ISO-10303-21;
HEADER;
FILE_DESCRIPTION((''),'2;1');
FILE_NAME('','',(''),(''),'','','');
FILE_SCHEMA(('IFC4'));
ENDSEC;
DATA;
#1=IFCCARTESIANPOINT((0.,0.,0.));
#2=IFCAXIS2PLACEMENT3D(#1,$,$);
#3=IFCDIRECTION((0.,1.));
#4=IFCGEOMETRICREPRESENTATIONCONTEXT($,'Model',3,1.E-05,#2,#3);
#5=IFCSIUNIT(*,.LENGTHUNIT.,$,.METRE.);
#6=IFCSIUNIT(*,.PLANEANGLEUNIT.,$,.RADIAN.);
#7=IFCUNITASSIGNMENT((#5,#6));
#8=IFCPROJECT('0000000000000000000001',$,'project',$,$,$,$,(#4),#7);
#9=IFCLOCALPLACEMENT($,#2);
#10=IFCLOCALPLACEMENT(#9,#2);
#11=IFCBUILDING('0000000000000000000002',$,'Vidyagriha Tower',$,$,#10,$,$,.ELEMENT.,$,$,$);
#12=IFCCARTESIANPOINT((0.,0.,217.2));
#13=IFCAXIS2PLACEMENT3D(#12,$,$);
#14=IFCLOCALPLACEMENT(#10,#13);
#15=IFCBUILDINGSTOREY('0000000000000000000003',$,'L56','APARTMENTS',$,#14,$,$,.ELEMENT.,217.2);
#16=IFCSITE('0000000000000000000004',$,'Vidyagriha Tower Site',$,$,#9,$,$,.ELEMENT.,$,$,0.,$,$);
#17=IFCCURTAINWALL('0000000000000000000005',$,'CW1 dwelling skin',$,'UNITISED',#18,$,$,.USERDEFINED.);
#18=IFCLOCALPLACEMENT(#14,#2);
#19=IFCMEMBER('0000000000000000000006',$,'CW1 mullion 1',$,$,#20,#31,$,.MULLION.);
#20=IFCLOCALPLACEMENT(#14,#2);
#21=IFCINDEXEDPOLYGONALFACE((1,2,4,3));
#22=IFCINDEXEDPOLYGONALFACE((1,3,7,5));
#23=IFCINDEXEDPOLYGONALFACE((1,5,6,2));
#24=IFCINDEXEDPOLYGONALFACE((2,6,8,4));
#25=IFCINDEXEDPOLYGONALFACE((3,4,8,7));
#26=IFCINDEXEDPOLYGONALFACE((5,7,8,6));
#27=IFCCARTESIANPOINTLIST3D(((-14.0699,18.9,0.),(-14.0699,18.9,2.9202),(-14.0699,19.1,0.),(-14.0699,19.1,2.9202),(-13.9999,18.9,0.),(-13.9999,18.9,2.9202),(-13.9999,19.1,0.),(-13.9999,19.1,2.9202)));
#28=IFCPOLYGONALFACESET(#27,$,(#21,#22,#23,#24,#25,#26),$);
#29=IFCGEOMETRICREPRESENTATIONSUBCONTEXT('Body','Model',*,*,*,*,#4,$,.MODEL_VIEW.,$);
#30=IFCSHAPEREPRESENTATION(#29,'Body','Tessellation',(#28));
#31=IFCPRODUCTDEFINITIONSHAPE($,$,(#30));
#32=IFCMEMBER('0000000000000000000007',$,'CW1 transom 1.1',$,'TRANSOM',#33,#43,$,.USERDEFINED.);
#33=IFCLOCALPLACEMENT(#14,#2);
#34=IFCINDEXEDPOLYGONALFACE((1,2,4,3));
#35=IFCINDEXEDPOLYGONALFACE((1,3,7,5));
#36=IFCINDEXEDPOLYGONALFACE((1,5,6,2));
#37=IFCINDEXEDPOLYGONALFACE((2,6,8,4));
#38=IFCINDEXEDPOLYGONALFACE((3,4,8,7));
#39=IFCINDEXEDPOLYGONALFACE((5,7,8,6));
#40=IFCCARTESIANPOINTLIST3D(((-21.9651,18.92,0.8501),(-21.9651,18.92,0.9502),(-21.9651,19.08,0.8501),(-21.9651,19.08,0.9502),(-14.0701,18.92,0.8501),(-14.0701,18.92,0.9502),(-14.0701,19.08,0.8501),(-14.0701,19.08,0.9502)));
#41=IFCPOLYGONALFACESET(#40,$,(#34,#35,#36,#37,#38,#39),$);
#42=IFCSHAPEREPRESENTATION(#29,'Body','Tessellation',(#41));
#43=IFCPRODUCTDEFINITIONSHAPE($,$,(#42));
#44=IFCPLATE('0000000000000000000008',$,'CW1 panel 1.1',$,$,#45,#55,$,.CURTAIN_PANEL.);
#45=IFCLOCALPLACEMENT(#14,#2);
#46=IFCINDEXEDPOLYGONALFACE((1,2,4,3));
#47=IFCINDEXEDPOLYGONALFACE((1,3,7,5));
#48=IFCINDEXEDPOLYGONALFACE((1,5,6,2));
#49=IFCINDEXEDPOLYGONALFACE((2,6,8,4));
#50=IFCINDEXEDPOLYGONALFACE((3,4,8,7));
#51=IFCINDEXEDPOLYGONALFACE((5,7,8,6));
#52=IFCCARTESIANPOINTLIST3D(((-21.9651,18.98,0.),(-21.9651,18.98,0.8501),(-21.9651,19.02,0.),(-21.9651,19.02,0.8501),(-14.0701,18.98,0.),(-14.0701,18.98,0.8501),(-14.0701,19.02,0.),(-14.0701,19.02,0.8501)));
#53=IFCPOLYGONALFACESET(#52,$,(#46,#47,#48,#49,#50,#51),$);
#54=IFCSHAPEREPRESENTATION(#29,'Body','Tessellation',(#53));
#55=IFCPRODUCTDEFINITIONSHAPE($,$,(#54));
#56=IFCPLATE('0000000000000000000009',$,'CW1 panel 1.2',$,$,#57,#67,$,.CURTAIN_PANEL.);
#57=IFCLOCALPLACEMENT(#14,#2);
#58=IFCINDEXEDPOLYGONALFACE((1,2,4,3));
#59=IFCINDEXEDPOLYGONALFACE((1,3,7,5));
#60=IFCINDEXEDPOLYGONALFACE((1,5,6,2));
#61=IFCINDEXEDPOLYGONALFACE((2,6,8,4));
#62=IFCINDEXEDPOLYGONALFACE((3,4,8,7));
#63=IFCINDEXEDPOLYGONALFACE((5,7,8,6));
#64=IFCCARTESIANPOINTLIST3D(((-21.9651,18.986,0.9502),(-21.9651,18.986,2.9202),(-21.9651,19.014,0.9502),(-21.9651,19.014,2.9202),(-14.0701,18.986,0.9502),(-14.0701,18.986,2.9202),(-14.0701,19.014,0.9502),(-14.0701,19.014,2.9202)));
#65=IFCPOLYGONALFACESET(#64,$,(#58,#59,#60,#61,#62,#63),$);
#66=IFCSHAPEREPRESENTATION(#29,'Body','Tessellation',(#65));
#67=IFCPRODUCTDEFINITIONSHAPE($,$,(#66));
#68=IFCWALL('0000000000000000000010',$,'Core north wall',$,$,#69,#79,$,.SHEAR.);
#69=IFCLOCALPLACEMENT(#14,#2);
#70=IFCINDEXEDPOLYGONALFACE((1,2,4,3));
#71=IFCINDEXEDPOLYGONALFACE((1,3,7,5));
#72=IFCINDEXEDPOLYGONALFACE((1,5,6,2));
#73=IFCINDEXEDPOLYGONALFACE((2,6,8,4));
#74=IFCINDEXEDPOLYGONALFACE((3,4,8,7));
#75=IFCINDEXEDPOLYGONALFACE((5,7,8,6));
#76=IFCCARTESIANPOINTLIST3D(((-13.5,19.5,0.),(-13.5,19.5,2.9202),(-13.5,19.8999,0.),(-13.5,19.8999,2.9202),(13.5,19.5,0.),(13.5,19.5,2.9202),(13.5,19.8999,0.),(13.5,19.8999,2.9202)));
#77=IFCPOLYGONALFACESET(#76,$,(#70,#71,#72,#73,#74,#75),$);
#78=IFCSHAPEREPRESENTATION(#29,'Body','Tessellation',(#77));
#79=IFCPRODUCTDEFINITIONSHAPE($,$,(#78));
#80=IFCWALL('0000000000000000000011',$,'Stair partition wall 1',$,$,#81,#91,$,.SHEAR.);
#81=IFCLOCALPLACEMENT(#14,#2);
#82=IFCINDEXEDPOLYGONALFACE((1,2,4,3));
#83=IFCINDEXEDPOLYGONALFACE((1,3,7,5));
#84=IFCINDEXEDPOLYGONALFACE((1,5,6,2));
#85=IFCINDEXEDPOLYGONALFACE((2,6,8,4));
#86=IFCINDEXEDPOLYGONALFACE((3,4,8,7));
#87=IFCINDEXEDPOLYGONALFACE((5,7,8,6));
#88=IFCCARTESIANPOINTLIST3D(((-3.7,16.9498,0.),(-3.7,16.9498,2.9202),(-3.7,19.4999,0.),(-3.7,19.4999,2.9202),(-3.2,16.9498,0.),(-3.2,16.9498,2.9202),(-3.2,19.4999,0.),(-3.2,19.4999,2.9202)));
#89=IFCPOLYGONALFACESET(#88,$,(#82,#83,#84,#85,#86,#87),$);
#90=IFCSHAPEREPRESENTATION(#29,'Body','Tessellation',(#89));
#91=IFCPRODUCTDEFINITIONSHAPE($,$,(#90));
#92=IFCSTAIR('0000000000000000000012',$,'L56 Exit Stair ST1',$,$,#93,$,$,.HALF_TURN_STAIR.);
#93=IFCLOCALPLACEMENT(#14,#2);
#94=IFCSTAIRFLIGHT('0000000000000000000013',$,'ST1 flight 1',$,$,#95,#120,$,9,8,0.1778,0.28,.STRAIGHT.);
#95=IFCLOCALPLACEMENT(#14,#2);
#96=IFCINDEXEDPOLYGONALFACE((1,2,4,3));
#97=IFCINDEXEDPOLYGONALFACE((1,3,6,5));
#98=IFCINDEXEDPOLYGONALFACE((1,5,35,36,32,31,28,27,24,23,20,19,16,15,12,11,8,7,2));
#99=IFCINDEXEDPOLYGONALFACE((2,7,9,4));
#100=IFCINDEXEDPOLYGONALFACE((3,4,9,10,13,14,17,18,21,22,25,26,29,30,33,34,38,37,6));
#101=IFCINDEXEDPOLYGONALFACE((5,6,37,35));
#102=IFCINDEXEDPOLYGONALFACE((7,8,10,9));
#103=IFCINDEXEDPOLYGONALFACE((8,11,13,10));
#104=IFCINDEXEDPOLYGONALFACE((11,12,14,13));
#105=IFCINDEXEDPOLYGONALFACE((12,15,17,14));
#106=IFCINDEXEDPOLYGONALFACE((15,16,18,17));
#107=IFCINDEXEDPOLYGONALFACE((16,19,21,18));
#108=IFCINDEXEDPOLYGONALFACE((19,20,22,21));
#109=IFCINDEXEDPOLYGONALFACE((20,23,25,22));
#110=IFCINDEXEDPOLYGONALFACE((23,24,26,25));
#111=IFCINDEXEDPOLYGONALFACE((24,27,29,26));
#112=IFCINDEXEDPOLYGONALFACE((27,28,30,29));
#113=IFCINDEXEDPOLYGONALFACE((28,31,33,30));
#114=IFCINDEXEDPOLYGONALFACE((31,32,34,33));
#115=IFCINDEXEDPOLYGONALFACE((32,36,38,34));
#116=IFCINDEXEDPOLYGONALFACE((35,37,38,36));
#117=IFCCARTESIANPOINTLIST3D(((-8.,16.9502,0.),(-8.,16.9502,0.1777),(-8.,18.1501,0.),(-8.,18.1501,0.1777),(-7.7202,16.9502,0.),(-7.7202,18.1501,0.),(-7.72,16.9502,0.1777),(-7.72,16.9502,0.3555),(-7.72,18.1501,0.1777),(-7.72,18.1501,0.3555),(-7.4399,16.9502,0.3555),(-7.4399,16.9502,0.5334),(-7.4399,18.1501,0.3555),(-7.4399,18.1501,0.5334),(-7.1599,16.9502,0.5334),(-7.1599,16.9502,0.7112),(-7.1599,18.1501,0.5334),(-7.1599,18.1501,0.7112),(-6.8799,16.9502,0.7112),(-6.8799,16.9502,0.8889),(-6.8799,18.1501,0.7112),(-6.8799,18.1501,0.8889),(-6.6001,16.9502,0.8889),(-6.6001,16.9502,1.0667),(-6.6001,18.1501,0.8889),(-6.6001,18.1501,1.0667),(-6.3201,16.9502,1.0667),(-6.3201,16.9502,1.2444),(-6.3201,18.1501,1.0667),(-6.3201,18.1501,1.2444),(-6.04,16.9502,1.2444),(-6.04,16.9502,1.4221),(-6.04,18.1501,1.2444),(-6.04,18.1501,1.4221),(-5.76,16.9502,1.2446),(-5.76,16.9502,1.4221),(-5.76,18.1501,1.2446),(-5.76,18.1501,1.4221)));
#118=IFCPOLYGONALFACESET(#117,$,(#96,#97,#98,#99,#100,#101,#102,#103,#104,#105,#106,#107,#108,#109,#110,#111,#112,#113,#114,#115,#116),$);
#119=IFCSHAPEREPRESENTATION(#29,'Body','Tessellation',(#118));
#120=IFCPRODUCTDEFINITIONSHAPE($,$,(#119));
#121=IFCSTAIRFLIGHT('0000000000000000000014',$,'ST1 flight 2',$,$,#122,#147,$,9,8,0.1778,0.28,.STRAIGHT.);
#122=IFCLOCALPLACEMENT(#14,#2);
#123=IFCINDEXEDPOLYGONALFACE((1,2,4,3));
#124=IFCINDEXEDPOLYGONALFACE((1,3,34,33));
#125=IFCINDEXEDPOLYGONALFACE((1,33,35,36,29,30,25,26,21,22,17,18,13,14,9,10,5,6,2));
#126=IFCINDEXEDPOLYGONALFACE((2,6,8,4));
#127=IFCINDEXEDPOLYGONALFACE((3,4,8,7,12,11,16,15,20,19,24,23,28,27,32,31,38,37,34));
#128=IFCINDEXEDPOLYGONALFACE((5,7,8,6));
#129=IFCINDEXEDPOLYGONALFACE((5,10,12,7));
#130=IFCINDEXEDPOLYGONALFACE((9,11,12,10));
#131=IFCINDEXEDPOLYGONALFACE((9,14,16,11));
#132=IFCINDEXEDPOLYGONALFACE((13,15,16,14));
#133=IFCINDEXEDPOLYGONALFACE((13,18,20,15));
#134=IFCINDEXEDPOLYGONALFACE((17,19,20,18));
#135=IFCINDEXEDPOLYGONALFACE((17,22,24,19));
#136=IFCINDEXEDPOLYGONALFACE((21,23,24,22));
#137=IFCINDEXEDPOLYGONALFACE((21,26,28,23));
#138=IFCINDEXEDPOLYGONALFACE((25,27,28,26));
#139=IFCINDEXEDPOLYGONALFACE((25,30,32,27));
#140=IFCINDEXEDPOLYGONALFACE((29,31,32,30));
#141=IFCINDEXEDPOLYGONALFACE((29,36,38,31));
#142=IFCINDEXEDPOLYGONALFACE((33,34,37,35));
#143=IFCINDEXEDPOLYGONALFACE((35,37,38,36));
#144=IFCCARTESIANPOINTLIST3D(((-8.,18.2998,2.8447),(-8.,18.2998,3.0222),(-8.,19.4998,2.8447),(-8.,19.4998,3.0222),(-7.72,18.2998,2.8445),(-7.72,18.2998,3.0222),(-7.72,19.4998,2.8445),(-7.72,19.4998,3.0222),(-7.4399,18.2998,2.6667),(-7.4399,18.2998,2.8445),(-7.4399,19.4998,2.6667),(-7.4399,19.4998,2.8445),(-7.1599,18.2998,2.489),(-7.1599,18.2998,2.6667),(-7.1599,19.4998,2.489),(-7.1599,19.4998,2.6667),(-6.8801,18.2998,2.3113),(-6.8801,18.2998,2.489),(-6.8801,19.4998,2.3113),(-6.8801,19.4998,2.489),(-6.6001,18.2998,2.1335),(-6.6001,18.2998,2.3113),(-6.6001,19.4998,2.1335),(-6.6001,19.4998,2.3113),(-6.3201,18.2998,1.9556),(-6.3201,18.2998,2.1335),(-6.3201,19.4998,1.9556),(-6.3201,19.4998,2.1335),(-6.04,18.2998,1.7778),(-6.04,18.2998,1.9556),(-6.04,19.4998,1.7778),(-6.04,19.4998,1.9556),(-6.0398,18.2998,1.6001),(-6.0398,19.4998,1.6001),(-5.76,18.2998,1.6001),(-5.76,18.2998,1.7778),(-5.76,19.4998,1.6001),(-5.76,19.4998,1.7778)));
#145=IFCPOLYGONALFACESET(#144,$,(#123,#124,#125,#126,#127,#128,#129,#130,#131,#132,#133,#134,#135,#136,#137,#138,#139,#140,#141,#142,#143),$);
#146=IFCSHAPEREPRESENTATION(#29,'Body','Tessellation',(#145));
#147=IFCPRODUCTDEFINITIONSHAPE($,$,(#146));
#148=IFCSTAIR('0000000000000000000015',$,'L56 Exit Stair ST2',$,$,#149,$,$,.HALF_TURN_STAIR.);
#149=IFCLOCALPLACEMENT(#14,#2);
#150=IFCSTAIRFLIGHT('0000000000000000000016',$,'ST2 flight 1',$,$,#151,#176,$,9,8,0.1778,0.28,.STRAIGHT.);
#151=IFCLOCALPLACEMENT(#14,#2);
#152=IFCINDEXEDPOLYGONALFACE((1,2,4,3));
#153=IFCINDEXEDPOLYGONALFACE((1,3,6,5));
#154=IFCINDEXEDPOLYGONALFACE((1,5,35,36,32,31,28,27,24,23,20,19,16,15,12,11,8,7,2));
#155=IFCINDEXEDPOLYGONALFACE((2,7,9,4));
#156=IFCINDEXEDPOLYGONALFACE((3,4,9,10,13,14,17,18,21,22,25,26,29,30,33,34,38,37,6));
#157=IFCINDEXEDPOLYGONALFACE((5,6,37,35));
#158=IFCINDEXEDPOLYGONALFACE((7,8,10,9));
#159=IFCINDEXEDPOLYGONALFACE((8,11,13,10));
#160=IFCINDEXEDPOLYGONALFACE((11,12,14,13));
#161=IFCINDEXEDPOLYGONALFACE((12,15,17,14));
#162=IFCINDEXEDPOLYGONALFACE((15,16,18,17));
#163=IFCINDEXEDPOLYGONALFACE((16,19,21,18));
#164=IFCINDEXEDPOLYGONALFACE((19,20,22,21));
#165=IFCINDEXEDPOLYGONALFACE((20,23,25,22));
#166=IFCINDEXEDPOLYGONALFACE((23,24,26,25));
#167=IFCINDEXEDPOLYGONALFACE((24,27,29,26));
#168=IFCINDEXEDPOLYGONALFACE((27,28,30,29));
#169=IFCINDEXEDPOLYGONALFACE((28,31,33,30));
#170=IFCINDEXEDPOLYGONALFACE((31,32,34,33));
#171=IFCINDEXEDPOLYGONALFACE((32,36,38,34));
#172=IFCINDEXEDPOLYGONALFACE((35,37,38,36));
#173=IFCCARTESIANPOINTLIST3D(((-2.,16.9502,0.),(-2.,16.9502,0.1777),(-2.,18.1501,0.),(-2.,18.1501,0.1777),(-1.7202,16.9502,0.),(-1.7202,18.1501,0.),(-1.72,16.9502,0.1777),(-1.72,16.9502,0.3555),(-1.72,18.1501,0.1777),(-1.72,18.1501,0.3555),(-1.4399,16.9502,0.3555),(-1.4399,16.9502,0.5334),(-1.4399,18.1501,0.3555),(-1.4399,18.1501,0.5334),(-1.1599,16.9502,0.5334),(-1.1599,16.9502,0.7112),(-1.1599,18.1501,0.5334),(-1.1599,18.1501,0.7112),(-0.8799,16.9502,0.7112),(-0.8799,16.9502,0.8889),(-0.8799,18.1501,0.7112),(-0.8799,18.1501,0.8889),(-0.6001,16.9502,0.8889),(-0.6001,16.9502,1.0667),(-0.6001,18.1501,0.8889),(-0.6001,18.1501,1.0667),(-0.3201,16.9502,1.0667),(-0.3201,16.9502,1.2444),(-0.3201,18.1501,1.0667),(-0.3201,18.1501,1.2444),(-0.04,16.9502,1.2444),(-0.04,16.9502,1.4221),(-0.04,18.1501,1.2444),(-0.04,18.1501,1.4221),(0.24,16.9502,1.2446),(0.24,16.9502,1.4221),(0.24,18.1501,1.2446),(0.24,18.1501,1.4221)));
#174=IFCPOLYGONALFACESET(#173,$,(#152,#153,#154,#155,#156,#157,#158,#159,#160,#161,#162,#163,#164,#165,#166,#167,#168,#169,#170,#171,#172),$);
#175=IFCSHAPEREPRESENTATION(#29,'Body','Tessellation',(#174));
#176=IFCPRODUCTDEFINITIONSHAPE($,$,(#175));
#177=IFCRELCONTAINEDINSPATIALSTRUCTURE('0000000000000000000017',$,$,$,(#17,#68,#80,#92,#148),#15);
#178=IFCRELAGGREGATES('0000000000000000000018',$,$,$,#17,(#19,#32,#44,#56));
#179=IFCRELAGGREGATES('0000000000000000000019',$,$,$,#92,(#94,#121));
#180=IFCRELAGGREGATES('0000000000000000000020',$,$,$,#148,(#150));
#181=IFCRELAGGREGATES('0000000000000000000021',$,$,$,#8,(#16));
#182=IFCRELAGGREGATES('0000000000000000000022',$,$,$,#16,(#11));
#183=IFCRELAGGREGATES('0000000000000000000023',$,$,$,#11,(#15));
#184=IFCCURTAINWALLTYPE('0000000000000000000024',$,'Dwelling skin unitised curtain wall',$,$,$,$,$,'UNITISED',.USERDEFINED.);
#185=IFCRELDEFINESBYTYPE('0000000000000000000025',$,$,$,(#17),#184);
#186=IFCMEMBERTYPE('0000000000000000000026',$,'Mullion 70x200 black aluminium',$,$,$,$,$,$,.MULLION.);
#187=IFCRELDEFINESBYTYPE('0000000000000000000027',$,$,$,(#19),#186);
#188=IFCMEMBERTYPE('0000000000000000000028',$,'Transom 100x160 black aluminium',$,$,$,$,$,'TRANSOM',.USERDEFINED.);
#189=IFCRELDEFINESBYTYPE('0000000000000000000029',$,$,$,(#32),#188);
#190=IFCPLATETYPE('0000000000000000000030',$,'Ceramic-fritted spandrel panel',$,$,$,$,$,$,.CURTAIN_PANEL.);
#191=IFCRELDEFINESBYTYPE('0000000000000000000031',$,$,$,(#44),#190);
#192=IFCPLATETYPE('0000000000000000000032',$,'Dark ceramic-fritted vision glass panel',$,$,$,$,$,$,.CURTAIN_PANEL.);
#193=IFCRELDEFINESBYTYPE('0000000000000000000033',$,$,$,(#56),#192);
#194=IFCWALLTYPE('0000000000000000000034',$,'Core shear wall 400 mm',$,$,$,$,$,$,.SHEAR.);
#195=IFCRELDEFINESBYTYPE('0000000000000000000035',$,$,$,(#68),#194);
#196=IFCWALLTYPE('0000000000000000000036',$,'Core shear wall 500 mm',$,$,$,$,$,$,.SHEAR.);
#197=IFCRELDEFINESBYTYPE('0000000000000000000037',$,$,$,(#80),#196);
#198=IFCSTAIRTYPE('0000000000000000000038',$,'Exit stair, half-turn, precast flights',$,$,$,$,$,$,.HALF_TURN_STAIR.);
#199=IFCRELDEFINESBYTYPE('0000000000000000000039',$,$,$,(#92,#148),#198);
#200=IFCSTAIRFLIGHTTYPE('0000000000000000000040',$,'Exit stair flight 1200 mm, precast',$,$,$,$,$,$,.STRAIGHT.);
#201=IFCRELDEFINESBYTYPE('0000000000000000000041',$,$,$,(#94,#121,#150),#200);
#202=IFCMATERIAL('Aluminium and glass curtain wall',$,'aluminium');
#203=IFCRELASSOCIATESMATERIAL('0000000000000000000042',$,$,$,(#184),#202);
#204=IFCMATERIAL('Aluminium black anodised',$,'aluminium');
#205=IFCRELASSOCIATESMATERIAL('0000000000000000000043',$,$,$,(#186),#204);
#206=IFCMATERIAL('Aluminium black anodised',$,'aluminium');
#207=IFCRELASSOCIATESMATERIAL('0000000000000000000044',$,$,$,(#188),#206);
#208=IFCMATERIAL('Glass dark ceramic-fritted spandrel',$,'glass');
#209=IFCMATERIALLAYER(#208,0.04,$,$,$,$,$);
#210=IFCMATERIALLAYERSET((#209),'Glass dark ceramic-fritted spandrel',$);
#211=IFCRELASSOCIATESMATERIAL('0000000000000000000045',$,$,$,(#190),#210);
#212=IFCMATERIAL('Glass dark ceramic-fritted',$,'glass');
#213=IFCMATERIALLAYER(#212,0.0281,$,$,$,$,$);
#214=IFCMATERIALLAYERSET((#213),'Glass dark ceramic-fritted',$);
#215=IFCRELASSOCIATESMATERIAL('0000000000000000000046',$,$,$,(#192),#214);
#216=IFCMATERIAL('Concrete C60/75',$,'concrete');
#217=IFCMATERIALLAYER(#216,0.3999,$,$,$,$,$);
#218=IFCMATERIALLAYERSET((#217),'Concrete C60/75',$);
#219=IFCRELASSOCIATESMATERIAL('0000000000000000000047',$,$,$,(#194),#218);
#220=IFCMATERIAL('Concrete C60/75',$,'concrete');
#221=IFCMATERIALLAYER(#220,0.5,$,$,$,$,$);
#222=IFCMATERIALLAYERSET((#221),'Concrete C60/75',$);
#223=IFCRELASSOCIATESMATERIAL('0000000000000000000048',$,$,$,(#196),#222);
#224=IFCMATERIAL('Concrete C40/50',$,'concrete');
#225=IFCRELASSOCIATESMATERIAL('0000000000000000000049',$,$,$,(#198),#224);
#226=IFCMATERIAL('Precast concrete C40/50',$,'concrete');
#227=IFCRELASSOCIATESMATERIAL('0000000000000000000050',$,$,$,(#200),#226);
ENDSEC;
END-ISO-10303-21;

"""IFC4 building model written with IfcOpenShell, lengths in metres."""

from ifc_helpers import new_model, si_unit, direction, frame, frame_2d, origin, origin_2d, place, context, subcontext, project, spatial, polyline, rectangle, outline, extrude, material, layer, layer_set, material_profile, profile_set, type_object, element, aggregate, save


model = new_model("IFC4")

# Units and contexts
model_context = context("Model", 3, precision=1e-05, world=origin(), true_north=direction((0.0, 1.0)))
body_context = subcontext(model_context, "Body", "Model", "MODEL_VIEW")
ifc_project = project(units=[si_unit("LENGTHUNIT", "METRE"), si_unit("PLANEANGLEUNIT", "RADIAN")], contexts=[model_context])

# Site, building, storey
site_placement = place(None, origin())
site = spatial("IfcSite", under=ifc_project, at=site_placement, Name="Vidyagriha Tower Site", CompositionType="ELEMENT", RefElevation=0.0)
building_placement = place(site_placement, origin())
building = spatial("IfcBuilding", under=site, at=building_placement, Name="Vidyagriha Tower", CompositionType="ELEMENT")
storey_placement = place(building_placement, frame((0.0, 0.0, 217.2)))
storey = spatial("IfcBuildingStorey", under=building, at=storey_placement, Name="L56", Description="APARTMENTS", CompositionType="ELEMENT", Elevation=217.2)

# Curtain wall, members, plates
ifc_material_1 = material(Name="Aluminium and glass curtain wall", Category="aluminium")
curtain_wall_type = type_object("IfcCurtainWallType", Name="Dwelling skin unitised curtain wall", ElementType="UNITISED", PredefinedType="USERDEFINED", material=ifc_material_1)
curtain_wall_placement = place(storey_placement, origin())
curtain_wall = element("IfcCurtainWall", 1, at=curtain_wall_placement, inside=storey, type_object=curtain_wall_type, Name="CW1 dwelling skin", ObjectType="UNITISED", PredefinedType="USERDEFINED")
ifc_material_2 = material(Name="Aluminium black anodised", Category="aluminium")
ifc_material_profile_1 = material_profile(ifc_material_2, rectangle(XDim=0.2, YDim=0.0701, at=origin_2d()), Name="Mullion 70x200 black aluminium")
ifc_profile_set_1 = profile_set([ifc_material_profile_1], Name="Aluminium black anodised")
member_type_1 = type_object("IfcMemberType", Name="Mullion 70x200 black aluminium", PredefinedType="MULLION", material=ifc_profile_set_1)
member_1_placement = place(storey_placement, frame((-14.0349, 19.0, 0.0), z_axis=(0.0, 0.0, 1.0), x_axis=(0.0, -1.0, 0.0)))
member_1 = element("IfcMember", 2, at=member_1_placement, type_object=member_type_1, Name="CW1 mullion 1", PredefinedType="MULLION", context=body_context, shape_type="SweptSolid", body=[
    extrude(rectangle(XDim=0.2, YDim=0.0701, at=origin_2d()), origin(), (0.0, 0.0, 1.0), 2.9202),
])
ifc_material_3 = material(Name="Aluminium black anodised", Category="aluminium")
ifc_material_profile_2 = material_profile(ifc_material_3, rectangle(XDim=0.1599, YDim=0.1001, at=origin_2d()), Name="Transom 100x160 black aluminium")
ifc_profile_set_2 = profile_set([ifc_material_profile_2], Name="Aluminium black anodised")
member_type_2 = type_object("IfcMemberType", Name="Transom 100x160 black aluminium", ElementType="TRANSOM", PredefinedType="USERDEFINED", material=ifc_profile_set_2)
member_2_placement = place(storey_placement, frame((-14.0701, 19.0, 0.9001), z_axis=(-1.0, 0.0, 0.0), x_axis=(0.0, -1.0, 0.0)))
member_2 = element("IfcMember", 3, at=member_2_placement, type_object=member_type_2, Name="CW1 transom 1.1", ObjectType="TRANSOM", PredefinedType="USERDEFINED", context=body_context, shape_type="SweptSolid", body=[
    extrude(rectangle(XDim=0.1599, YDim=0.1001, at=origin_2d()), origin(), (0.0, 0.0, 1.0), 7.895),
])
ifc_material_4 = material(Name="Glass dark ceramic-fritted spandrel", Category="glass")
ifc_layer_1 = layer(ifc_material_4, 0.04)
ifc_layer_set_1 = layer_set([ifc_layer_1], Name="Glass dark ceramic-fritted spandrel")
plate_type_1 = type_object("IfcPlateType", Name="Ceramic-fritted spandrel panel", PredefinedType="CURTAIN_PANEL", material=ifc_layer_set_1)
plate_1_placement = place(storey_placement, frame((-18.0176, 19.0, 0.0), z_axis=(0.0, 0.0, 1.0), x_axis=(-1.0, 0.0, 0.0)))
plate_1 = element("IfcPlate", 4, at=plate_1_placement, type_object=plate_type_1, Name="CW1 panel 1.1", PredefinedType="CURTAIN_PANEL", context=body_context, shape_type="SweptSolid", body=[
    extrude(rectangle(XDim=7.895, YDim=0.04, at=origin_2d()), origin(), (0.0, 0.0, 1.0), 0.8501),
])
ifc_material_5 = material(Name="Glass dark ceramic-fritted", Category="glass")
ifc_layer_2 = layer(ifc_material_5, 0.0281)
ifc_layer_set_2 = layer_set([ifc_layer_2], Name="Glass dark ceramic-fritted")
plate_type_2 = type_object("IfcPlateType", Name="Dark ceramic-fritted vision glass panel", PredefinedType="CURTAIN_PANEL", material=ifc_layer_set_2)
plate_2_placement = place(storey_placement, frame((-18.0176, 19.0, 0.9502), z_axis=(0.0, 0.0, 1.0), x_axis=(-1.0, 0.0, 0.0)))
plate_2 = element("IfcPlate", 5, at=plate_2_placement, type_object=plate_type_2, Name="CW1 panel 1.2", PredefinedType="CURTAIN_PANEL", context=body_context, shape_type="SweptSolid", body=[
    extrude(rectangle(XDim=7.895, YDim=0.0281, at=origin_2d()), origin(), (0.0, 0.0, 1.0), 1.97),
])
aggregate(curtain_wall, [member_1, member_2, plate_1, plate_2])

# Walls
ifc_material_6 = material(Name="Concrete C60/75", Category="concrete")
ifc_layer_3 = layer(ifc_material_6, 0.3999)
ifc_layer_set_3 = layer_set([ifc_layer_3], Name="Concrete C60/75")
wall_type_1 = type_object("IfcWallType", Name="Core shear wall 400 mm", PredefinedType="SHEAR", material=ifc_layer_set_3)
wall_1_placement = place(storey_placement, frame((-13.5, 19.7, 0.0)))
element("IfcWall", 6, at=wall_1_placement, inside=storey, type_object=wall_type_1, Name="Core north wall", PredefinedType="SHEAR", context=body_context, shape_type="SweptSolid", body=[
    extrude(rectangle(XDim=27.0, YDim=0.3999, at=frame_2d((13.5, 0.0))), origin(), (0.0, 0.0, 1.0), 2.9202),
])
ifc_material_7 = material(Name="Concrete C60/75", Category="concrete")
ifc_layer_4 = layer(ifc_material_7, 0.5)
ifc_layer_set_4 = layer_set([ifc_layer_4], Name="Concrete C60/75")
wall_type_2 = type_object("IfcWallType", Name="Core shear wall 500 mm", PredefinedType="SHEAR", material=ifc_layer_set_4)
wall_2_placement = place(storey_placement, frame((-3.45, 16.95, 0.0), z_axis=(0.0, 0.0, 1.0), x_axis=(0.0, 1.0, 0.0)))
element("IfcWall", 7, at=wall_2_placement, inside=storey, type_object=wall_type_2, Name="Stair partition wall 1", PredefinedType="SHEAR", context=body_context, shape_type="SweptSolid", body=[
    extrude(rectangle(XDim=2.55, YDim=0.5, at=frame_2d((1.2749, 0.0))), origin(), (0.0, 0.0, 1.0), 2.9202),
])

# Stair, stair flights
ifc_material_8 = material(Name="Concrete C40/50", Category="concrete")
stair_type = type_object("IfcStairType", Name="Exit stair, half-turn, precast flights", PredefinedType="HALF_TURN_STAIR", material=ifc_material_8)
stair_1_placement = place(storey_placement, origin())
stair_1 = element("IfcStair", 8, at=stair_1_placement, inside=storey, type_object=stair_type, Name="L56 Exit Stair ST1", PredefinedType="HALF_TURN_STAIR")
ifc_material_9 = material(Name="Precast concrete C40/50", Category="concrete")
stair_flight_type = type_object("IfcStairFlightType", Name="Exit stair flight 1200 mm, precast", PredefinedType="STRAIGHT", material=ifc_material_9)
stair_flight_1_placement = place(storey_placement, frame((-8.0, 17.55, 0.0)))
stair_flight_1 = element("IfcStairFlight", 9, at=stair_flight_1_placement, type_object=stair_flight_type, Name="ST1 flight 1", NumberOfRisers=9, NumberOfTreads=8, PredefinedType="STRAIGHT", RiserHeight=0.1778, TreadLength=0.28, context=body_context, shape_type="SweptSolid", body=[
    extrude(outline(polyline([(0.0, 0.0), (0.0, 0.1777), (0.28, 0.1777), (0.28, 0.3555), (0.5601, 0.3555), (0.5601, 0.5334), (0.8401, 0.5334), (0.8401, 0.7112), (1.1201, 0.7112), (1.1201, 0.8889), (1.3999, 0.8889), (1.3999, 1.0667), (1.6799, 1.0667), (1.6799, 1.2444), (1.96, 1.2444), (1.96, 1.4221), (2.24, 1.4221), (2.24, 1.6001), (2.24, 1.2446), (0.2798, 0.0), (0.0, 0.0)])), frame((0.0, 0.6001, 0.0), z_axis=(0.0, -1.0, 0.0), x_axis=(1.0, 0.0, 0.0)), (0.0, 0.0, 1.0), 1.2),
])
stair_flight_2_placement = place(storey_placement, frame((-5.76, 18.8999, 1.6001), z_axis=(0.0, 0.0, 1.0), x_axis=(-1.0, 0.0, 0.0)))
stair_flight_2 = element("IfcStairFlight", 10, at=stair_flight_2_placement, type_object=stair_flight_type, Name="ST1 flight 2", NumberOfRisers=9, NumberOfTreads=8, PredefinedType="STRAIGHT", RiserHeight=0.1778, TreadLength=0.28, context=body_context, shape_type="SweptSolid", body=[
    extrude(outline(polyline([(0.0, 0.0), (0.0, 0.1777), (0.28, 0.1777), (0.28, 0.3555), (0.5601, 0.3555), (0.5601, 0.5334), (0.8401, 0.5334), (0.8401, 0.7112), (1.1201, 0.7112), (1.1201, 0.8889), (1.3999, 0.8889), (1.3999, 1.0667), (1.6799, 1.0667), (1.6799, 1.2444), (1.96, 1.2444), (1.96, 1.4221), (2.24, 1.4221), (2.24, 1.6001), (2.24, 1.2446), (0.2798, 0.0), (0.0, 0.0)])), frame((0.0, 0.6001, 0.0), z_axis=(0.0, -1.0, 0.0), x_axis=(1.0, 0.0, 0.0)), (0.0, 0.0, 1.0), 1.2),
])
aggregate(stair_1, [stair_flight_1, stair_flight_2])

# Stair, stair flight
stair_2_placement = place(storey_placement, origin())
stair_2 = element("IfcStair", 11, at=stair_2_placement, inside=storey, type_object=stair_type, Name="L56 Exit Stair ST2", PredefinedType="HALF_TURN_STAIR")
stair_flight_3_placement = place(storey_placement, frame((-2.0, 17.55, 0.0)))
stair_flight_3 = element("IfcStairFlight", 12, at=stair_flight_3_placement, type_object=stair_flight_type, Name="ST2 flight 1", NumberOfRisers=9, NumberOfTreads=8, PredefinedType="STRAIGHT", RiserHeight=0.1778, TreadLength=0.28, context=body_context, shape_type="SweptSolid", body=[
    extrude(outline(polyline([(0.0, 0.0), (0.0, 0.1777), (0.28, 0.1777), (0.28, 0.3555), (0.5601, 0.3555), (0.5601, 0.5334), (0.8401, 0.5334), (0.8401, 0.7112), (1.1201, 0.7112), (1.1201, 0.8889), (1.3999, 0.8889), (1.3999, 1.0667), (1.6799, 1.0667), (1.6799, 1.2444), (1.96, 1.2444), (1.96, 1.4221), (2.24, 1.4221), (2.24, 1.6001), (2.24, 1.2446), (0.2798, 0.0), (0.0, 0.0)])), frame((0.0, 0.6001, 0.0), z_axis=(0.0, -1.0, 0.0), x_axis=(1.0, 0.0, 0.0)), (0.0, 0.0, 1.0), 1.2),
])
aggregate(stair_2, [stair_flight_3])

save(model, "model.ifc")
